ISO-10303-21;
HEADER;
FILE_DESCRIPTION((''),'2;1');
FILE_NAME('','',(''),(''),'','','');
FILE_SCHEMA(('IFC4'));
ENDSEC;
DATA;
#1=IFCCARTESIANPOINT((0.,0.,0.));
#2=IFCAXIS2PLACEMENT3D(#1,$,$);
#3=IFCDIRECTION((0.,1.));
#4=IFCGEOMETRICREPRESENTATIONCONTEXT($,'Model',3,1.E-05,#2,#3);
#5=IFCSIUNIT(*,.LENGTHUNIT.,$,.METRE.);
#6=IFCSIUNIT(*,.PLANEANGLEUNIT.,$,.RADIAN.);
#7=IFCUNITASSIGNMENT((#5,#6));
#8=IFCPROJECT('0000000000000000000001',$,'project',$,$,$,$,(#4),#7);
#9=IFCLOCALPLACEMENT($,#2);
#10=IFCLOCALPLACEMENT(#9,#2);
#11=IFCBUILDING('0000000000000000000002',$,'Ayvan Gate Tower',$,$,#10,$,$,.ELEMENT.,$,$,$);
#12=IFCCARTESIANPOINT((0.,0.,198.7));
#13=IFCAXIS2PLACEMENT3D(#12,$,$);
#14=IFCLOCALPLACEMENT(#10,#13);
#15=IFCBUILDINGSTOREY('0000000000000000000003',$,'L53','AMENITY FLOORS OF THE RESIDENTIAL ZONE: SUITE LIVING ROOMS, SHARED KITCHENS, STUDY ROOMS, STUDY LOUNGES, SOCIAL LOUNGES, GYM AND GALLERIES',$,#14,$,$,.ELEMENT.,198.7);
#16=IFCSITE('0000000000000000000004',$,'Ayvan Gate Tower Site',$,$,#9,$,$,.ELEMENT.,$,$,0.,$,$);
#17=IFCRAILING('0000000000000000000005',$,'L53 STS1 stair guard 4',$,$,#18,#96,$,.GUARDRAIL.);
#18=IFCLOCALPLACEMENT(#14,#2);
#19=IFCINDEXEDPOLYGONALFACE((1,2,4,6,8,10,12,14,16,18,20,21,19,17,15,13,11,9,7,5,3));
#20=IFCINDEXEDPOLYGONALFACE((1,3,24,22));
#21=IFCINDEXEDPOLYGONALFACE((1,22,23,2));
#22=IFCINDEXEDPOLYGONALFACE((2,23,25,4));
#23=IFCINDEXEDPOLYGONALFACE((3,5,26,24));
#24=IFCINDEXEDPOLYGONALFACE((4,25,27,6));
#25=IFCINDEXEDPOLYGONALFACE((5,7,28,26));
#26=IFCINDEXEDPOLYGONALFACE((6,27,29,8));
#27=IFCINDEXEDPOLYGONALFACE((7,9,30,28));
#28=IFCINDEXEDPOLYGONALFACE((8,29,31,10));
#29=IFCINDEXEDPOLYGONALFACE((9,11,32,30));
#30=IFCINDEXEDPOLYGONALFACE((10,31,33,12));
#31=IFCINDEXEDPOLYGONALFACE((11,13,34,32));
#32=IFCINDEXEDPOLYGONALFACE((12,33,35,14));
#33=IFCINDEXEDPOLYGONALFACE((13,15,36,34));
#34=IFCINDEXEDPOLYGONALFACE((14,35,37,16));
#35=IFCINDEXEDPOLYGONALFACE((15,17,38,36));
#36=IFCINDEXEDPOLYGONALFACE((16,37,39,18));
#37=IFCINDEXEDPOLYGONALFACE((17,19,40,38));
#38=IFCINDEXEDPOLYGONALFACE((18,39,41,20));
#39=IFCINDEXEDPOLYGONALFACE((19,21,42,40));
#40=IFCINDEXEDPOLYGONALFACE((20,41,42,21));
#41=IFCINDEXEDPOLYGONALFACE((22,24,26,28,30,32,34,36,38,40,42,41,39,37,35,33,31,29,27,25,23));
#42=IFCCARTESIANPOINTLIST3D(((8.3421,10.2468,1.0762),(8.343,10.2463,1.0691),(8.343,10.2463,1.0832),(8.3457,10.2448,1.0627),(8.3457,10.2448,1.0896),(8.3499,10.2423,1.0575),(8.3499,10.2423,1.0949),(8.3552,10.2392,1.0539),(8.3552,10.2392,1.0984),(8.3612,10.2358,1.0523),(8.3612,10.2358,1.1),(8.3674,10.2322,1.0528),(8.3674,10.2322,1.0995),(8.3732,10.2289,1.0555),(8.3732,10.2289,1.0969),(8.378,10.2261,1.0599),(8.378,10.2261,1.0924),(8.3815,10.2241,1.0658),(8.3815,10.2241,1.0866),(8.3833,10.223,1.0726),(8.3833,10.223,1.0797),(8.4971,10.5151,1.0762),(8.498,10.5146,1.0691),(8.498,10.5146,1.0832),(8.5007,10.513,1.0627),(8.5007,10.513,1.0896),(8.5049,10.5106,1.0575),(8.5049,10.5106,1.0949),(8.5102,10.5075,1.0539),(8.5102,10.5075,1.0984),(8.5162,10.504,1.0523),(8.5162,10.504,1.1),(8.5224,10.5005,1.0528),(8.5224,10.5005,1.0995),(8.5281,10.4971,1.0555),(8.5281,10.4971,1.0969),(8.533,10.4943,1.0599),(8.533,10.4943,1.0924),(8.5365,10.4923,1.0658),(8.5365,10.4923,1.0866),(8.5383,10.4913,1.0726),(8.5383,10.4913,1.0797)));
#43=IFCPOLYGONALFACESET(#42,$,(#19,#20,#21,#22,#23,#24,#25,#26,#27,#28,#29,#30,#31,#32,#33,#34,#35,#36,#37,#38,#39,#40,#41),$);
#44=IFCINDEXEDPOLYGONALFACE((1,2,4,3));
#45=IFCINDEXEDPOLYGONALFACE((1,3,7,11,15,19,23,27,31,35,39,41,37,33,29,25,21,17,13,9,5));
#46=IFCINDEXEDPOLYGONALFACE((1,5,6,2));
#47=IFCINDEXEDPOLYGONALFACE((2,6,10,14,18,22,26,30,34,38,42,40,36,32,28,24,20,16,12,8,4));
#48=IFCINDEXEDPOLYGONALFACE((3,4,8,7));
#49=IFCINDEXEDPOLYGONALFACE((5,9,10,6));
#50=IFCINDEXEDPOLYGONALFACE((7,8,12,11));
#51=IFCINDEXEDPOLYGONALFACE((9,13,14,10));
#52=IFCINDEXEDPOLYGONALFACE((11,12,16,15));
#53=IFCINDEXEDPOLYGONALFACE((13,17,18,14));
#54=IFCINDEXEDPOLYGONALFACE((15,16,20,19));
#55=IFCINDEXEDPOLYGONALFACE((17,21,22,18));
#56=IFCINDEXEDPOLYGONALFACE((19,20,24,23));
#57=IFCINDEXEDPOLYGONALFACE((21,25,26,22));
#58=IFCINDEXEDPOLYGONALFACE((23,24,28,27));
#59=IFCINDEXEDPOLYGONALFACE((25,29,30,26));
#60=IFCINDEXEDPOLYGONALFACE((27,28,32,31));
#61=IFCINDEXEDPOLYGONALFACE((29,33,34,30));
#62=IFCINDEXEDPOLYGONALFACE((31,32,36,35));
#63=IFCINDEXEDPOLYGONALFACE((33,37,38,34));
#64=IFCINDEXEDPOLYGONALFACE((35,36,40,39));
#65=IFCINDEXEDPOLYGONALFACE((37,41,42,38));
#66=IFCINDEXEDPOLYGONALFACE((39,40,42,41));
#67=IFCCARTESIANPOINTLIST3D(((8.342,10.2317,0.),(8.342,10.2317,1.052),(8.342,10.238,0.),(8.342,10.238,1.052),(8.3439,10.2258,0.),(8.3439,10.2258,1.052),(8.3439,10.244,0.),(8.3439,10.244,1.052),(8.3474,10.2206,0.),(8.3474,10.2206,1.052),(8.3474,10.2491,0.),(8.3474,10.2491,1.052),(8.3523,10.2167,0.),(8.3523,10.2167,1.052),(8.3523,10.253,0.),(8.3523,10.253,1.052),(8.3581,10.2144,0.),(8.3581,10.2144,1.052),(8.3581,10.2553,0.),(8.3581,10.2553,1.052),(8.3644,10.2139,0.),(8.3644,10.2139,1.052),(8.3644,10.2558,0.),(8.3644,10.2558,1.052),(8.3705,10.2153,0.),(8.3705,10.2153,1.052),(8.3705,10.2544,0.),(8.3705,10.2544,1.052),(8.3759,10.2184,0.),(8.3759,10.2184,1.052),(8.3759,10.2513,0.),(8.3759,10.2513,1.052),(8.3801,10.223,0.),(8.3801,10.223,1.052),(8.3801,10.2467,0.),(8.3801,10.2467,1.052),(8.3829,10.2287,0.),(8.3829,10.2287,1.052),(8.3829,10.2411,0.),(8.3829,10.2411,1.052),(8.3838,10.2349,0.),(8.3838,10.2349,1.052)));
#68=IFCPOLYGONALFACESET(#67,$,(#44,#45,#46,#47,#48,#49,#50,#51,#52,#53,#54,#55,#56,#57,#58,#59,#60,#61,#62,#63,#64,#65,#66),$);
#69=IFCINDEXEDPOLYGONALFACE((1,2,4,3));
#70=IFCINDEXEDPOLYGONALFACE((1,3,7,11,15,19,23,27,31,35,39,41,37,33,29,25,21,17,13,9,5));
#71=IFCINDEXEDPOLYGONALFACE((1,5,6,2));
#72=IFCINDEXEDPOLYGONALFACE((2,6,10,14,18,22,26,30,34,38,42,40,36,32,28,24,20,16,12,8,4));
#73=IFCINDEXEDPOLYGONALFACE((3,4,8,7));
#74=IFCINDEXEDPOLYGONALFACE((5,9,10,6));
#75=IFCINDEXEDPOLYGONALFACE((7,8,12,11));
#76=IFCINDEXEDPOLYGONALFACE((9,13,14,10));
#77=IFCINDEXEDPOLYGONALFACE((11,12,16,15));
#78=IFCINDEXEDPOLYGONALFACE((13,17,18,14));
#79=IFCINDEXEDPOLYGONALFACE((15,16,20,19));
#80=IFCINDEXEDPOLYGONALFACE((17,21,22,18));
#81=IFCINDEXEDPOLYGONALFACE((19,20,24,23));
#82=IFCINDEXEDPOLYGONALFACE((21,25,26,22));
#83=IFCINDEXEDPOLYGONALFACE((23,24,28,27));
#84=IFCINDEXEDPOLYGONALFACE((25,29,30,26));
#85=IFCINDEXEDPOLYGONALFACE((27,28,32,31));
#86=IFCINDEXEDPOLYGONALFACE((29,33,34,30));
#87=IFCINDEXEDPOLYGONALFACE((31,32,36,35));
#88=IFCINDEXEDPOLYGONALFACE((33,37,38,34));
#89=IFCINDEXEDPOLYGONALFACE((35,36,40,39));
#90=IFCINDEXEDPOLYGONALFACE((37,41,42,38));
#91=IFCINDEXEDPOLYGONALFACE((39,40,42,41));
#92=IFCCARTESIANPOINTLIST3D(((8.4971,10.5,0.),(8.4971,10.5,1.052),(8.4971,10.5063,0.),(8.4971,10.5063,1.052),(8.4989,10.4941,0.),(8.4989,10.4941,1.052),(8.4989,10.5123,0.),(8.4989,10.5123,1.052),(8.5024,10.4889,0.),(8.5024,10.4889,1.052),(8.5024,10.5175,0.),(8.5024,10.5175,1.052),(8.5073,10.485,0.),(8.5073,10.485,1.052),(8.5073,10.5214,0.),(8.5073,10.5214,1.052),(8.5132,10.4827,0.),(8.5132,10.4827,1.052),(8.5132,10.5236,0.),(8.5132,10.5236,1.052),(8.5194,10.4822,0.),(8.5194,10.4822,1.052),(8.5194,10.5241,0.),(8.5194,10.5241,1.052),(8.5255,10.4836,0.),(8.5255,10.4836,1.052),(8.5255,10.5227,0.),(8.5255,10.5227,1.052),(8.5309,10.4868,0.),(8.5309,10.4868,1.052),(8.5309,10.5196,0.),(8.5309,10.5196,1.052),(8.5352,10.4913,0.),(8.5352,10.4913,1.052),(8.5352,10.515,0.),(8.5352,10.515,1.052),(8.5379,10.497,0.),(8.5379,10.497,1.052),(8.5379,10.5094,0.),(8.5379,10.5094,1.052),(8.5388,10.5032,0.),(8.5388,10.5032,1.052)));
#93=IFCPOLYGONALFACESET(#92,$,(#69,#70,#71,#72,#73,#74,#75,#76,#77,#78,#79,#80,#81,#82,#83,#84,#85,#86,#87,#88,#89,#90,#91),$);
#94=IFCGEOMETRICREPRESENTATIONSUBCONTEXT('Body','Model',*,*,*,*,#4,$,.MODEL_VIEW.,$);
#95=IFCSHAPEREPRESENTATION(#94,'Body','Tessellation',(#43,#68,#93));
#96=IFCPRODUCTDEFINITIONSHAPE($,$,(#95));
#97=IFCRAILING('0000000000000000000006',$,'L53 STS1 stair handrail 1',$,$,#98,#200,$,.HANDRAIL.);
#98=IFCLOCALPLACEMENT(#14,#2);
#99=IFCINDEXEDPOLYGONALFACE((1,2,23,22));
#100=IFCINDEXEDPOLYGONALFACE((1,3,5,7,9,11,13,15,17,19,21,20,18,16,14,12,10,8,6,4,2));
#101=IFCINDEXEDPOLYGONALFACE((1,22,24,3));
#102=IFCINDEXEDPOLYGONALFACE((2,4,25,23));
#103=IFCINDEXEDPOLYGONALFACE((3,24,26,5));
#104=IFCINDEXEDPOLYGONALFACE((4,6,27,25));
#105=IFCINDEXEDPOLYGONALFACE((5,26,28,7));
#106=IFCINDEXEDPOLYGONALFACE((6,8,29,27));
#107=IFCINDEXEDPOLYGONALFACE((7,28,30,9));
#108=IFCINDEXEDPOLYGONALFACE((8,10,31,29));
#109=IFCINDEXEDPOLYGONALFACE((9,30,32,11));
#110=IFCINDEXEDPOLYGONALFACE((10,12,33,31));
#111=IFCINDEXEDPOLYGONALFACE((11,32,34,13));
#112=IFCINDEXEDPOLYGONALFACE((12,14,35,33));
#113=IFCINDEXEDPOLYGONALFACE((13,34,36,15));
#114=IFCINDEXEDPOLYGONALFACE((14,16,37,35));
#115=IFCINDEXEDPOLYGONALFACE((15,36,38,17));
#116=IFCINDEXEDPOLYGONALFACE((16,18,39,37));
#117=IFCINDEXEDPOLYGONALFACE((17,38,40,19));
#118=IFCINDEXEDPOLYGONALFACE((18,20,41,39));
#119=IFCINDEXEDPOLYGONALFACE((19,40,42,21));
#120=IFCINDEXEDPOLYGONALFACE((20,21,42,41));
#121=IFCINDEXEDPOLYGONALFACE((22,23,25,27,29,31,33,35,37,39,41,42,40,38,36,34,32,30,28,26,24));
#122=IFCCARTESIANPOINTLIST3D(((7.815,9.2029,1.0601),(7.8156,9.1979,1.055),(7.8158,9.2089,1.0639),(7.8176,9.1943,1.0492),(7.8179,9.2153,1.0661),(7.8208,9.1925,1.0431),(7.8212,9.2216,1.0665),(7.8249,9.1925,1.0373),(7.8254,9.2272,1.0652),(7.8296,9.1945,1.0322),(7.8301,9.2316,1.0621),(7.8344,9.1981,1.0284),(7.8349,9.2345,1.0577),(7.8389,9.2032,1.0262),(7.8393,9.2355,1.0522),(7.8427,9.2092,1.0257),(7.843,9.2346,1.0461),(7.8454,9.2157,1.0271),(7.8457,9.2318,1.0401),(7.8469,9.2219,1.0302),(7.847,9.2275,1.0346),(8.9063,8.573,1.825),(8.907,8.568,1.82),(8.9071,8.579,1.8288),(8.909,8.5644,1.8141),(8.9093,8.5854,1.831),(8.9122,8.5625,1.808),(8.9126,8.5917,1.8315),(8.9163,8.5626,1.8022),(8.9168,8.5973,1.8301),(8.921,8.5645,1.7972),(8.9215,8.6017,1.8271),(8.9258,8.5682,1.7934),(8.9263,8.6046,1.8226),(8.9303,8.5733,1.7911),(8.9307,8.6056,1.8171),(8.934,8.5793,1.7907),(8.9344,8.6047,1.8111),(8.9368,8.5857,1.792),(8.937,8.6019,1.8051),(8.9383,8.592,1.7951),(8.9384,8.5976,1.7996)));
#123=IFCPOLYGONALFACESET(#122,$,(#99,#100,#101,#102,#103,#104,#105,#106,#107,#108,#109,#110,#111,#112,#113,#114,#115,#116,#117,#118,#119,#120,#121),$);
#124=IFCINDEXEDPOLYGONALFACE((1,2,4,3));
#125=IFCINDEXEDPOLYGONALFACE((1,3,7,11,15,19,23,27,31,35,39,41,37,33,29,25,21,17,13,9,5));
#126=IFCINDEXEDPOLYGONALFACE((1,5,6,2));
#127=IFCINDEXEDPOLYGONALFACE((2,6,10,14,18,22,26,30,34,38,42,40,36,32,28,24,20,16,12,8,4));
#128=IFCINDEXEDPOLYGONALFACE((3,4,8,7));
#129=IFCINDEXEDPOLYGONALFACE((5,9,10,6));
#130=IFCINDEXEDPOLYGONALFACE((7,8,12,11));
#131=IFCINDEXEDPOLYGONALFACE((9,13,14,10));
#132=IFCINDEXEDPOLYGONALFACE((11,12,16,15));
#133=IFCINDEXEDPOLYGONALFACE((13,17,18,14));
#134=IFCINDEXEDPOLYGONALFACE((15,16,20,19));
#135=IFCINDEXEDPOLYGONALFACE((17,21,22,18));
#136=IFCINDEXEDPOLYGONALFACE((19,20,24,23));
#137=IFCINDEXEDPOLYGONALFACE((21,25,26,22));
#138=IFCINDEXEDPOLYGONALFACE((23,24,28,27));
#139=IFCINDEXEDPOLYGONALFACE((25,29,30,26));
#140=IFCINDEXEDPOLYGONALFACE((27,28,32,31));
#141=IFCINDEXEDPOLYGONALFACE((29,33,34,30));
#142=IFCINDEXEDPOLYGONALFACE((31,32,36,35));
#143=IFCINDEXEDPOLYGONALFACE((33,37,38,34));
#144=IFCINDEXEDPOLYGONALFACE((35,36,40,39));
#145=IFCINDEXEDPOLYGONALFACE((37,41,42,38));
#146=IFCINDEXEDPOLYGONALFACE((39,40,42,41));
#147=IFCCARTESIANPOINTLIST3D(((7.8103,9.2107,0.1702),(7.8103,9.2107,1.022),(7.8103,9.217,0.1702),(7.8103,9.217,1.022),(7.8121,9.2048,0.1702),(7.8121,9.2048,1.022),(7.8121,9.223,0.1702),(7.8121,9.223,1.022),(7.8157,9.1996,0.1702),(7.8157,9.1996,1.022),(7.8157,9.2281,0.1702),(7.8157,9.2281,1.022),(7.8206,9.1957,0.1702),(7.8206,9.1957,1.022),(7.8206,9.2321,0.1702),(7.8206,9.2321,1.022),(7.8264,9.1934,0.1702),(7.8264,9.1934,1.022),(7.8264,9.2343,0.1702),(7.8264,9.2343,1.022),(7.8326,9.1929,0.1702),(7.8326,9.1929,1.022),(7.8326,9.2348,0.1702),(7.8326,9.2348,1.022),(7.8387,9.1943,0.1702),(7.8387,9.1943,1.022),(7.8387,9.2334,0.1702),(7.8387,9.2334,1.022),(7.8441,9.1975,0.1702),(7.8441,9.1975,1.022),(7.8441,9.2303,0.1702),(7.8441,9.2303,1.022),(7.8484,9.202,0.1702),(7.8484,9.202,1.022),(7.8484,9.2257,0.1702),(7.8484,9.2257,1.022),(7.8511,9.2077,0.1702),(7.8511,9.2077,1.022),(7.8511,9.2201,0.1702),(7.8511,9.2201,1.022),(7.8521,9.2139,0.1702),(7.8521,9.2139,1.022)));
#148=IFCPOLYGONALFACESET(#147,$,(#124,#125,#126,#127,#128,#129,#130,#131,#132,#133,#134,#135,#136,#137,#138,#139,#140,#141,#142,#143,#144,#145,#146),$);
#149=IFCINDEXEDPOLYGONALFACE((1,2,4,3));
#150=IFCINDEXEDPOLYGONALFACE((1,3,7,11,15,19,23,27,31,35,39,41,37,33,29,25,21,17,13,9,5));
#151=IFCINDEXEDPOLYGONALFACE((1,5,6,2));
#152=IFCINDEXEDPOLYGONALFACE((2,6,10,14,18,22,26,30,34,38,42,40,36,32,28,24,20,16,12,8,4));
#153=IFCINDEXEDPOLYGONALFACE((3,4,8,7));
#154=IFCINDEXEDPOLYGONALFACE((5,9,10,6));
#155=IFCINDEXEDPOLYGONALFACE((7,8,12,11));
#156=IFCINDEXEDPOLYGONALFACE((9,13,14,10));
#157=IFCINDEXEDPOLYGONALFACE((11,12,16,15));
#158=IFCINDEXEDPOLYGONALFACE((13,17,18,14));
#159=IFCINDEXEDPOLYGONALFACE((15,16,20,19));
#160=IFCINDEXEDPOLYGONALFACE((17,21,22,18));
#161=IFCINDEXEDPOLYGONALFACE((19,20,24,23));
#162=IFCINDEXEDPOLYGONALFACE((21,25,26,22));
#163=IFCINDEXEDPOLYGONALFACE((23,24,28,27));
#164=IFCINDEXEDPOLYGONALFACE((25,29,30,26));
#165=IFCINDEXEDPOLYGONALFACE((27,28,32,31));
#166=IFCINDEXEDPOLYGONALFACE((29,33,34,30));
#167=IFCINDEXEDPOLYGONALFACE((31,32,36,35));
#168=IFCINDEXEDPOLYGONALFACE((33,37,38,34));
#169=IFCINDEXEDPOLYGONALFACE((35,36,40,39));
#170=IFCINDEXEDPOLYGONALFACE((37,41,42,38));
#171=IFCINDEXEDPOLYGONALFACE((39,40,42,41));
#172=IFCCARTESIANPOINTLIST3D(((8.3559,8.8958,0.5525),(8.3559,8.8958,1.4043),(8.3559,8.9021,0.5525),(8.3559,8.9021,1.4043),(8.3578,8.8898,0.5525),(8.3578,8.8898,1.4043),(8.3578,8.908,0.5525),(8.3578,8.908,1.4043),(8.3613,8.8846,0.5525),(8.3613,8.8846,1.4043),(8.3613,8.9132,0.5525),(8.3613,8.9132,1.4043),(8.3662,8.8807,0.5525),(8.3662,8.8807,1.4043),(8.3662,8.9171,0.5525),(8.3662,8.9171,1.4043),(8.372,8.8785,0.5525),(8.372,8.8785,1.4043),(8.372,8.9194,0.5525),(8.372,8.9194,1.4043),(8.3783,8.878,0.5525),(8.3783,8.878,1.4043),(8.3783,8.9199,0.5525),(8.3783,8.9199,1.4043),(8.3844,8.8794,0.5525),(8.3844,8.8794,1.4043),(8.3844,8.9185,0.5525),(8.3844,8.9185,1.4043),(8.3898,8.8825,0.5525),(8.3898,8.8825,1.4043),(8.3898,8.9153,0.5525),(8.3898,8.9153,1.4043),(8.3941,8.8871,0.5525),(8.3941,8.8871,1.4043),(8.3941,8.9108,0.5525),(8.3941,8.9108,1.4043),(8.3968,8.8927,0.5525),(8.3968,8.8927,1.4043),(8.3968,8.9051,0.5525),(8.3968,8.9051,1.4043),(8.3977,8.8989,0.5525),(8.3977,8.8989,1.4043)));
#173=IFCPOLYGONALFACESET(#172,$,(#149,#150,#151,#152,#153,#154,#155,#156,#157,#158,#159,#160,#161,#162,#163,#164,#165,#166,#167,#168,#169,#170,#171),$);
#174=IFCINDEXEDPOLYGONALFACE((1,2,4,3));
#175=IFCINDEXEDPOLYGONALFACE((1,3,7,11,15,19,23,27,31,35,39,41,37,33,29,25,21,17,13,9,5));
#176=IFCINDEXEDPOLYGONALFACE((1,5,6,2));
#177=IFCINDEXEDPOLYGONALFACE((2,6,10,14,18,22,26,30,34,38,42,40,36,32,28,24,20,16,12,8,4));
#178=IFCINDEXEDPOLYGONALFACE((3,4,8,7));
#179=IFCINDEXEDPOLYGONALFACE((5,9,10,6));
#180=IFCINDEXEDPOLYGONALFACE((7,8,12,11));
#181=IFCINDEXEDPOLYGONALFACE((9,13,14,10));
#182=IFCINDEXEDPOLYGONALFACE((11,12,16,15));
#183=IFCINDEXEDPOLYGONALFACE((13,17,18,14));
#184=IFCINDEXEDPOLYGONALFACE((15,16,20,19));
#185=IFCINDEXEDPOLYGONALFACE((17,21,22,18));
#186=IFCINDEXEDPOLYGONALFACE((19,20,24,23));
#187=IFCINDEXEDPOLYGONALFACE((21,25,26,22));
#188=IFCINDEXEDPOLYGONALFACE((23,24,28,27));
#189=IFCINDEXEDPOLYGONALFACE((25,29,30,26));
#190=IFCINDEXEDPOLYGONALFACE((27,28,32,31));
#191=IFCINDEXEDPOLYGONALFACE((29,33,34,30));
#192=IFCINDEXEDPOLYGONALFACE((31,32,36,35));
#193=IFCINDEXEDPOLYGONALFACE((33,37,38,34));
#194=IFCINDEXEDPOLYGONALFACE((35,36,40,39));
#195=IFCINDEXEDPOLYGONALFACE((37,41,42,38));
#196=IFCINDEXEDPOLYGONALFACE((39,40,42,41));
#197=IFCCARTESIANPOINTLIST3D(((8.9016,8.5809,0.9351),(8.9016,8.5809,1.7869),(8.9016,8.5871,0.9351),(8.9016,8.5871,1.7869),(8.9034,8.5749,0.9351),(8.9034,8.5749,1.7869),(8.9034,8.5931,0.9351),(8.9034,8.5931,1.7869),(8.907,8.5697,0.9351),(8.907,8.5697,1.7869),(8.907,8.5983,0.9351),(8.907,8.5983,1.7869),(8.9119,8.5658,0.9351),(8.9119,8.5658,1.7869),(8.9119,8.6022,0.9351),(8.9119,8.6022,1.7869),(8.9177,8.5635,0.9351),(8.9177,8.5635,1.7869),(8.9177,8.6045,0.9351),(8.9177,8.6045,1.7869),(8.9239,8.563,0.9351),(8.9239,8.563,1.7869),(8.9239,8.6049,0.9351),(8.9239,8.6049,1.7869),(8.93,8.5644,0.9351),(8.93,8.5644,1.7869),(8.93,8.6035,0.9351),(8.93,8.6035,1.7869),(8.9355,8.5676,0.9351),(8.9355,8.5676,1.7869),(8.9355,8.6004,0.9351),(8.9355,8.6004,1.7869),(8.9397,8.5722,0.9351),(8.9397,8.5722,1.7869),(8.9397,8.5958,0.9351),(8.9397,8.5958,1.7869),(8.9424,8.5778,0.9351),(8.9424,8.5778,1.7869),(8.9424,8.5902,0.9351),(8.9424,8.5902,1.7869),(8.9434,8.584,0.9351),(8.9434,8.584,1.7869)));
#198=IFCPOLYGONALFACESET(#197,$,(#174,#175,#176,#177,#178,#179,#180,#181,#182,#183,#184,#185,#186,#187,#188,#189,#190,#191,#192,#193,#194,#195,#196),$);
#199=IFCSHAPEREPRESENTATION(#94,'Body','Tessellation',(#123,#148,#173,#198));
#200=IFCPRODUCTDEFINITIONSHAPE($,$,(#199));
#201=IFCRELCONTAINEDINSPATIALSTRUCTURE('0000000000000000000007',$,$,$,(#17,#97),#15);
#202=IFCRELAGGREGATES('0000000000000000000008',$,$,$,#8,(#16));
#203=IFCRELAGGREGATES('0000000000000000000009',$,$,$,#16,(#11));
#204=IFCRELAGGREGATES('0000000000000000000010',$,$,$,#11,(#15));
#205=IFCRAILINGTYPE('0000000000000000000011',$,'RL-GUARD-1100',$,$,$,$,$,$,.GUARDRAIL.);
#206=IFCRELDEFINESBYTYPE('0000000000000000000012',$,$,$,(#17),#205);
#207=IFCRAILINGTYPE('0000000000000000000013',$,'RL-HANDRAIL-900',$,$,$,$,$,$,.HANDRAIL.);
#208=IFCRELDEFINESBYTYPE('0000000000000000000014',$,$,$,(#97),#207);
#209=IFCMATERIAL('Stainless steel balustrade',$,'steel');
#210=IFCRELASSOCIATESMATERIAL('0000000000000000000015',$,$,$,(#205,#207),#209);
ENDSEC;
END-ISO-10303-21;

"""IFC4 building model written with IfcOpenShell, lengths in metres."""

from ifc_helpers import new_model, si_unit, direction, frame, origin, origin_2d, place, context, subcontext, project, spatial, circle, extrude, material, type_object, element, save


model = new_model("IFC4")

# Units and contexts
model_context = context("Model", 3, precision=1e-05, world=origin(), true_north=direction((0.0, 1.0)))
body_context = subcontext(model_context, "Body", "Model", "MODEL_VIEW")
ifc_project = project(units=[si_unit("LENGTHUNIT", "METRE"), si_unit("PLANEANGLEUNIT", "RADIAN")], contexts=[model_context])

# Site, building, storey
site_placement = place(None, origin())
site = spatial("IfcSite", under=ifc_project, at=site_placement, Name="Ayvan Gate Tower Site", CompositionType="ELEMENT", RefElevation=0.0)
building_placement = place(site_placement, origin())
building = spatial("IfcBuilding", under=site, at=building_placement, Name="Ayvan Gate Tower", CompositionType="ELEMENT")
storey_placement = place(building_placement, frame((0.0, 0.0, 198.7)))
storey = spatial("IfcBuildingStorey", under=building, at=storey_placement, Name="L53", Description="AMENITY FLOORS OF THE RESIDENTIAL ZONE: SUITE LIVING ROOMS, SHARED KITCHENS, STUDY ROOMS, STUDY LOUNGES, SOCIAL LOUNGES, GYM AND GALLERIES", CompositionType="ELEMENT", Elevation=198.7)

# Railings
ifc_material_1 = material(Name="Stainless steel balustrade", Category="steel")
railing_type_1 = type_object("IfcRailingType", Name="RL-GUARD-1100", PredefinedType="GUARDRAIL", material=ifc_material_1)
railing_1_placement = place(storey_placement, frame((8.3628, 10.2349, 0.0)))
element("IfcRailing", 1, at=railing_1_placement, inside=storey, type_object=railing_type_1, Name="L53 STS1 stair guard 4", PredefinedType="GUARDRAIL", context=body_context, shape_type="SweptSolid", body=[
    extrude(circle(Radius=0.0239, at=origin_2d()), frame((0.0, 0.0, 1.0762), z_axis=(0.500291, 0.865857, 0.0), x_axis=(-0.865857, 0.500291, 0.0)), (0.0, 0.0, 1.0), 0.3098),
    extrude(circle(Radius=0.021, at=origin_2d()), origin(), (0.0, 0.0, 1.0), 1.052),
    extrude(circle(Radius=0.021, at=origin_2d()), frame((0.155, 0.2683, 0.0)), (0.0, 0.0, 1.0), 1.052),
])
railing_type_2 = type_object("IfcRailingType", Name="RL-HANDRAIL-900", PredefinedType="HANDRAIL", material=ifc_material_1)
railing_2_placement = place(storey_placement, frame((7.8311, 9.2139, 0.1702)))
element("IfcRailing", 2, at=railing_2_placement, inside=storey, type_object=railing_type_2, Name="L53 STS1 stair handrail 1", PredefinedType="HANDRAIL", context=body_context, shape_type="SweptSolid", body=[
    extrude(circle(Radius=0.0239, at=origin_2d()), frame((0.0, 0.0, 0.876), z_axis=(0.740357, -0.42732, 0.518912), x_axis=(0.49989, 0.866089, 0.0)), (0.0, 0.0, 1.0), 1.4741),
    extrude(circle(Radius=0.021, at=origin_2d()), origin(), (0.0, 0.0, 1.0), 0.8518),
    extrude(circle(Radius=0.021, at=origin_2d()), frame((0.5457, -0.3149, 0.3823)), (0.0, 0.0, 1.0), 0.8518),
    extrude(circle(Radius=0.021, at=origin_2d()), frame((1.0913, -0.6299, 0.7649)), (0.0, 0.0, 1.0), 0.8518),
])

save(model, "model.ifc")
